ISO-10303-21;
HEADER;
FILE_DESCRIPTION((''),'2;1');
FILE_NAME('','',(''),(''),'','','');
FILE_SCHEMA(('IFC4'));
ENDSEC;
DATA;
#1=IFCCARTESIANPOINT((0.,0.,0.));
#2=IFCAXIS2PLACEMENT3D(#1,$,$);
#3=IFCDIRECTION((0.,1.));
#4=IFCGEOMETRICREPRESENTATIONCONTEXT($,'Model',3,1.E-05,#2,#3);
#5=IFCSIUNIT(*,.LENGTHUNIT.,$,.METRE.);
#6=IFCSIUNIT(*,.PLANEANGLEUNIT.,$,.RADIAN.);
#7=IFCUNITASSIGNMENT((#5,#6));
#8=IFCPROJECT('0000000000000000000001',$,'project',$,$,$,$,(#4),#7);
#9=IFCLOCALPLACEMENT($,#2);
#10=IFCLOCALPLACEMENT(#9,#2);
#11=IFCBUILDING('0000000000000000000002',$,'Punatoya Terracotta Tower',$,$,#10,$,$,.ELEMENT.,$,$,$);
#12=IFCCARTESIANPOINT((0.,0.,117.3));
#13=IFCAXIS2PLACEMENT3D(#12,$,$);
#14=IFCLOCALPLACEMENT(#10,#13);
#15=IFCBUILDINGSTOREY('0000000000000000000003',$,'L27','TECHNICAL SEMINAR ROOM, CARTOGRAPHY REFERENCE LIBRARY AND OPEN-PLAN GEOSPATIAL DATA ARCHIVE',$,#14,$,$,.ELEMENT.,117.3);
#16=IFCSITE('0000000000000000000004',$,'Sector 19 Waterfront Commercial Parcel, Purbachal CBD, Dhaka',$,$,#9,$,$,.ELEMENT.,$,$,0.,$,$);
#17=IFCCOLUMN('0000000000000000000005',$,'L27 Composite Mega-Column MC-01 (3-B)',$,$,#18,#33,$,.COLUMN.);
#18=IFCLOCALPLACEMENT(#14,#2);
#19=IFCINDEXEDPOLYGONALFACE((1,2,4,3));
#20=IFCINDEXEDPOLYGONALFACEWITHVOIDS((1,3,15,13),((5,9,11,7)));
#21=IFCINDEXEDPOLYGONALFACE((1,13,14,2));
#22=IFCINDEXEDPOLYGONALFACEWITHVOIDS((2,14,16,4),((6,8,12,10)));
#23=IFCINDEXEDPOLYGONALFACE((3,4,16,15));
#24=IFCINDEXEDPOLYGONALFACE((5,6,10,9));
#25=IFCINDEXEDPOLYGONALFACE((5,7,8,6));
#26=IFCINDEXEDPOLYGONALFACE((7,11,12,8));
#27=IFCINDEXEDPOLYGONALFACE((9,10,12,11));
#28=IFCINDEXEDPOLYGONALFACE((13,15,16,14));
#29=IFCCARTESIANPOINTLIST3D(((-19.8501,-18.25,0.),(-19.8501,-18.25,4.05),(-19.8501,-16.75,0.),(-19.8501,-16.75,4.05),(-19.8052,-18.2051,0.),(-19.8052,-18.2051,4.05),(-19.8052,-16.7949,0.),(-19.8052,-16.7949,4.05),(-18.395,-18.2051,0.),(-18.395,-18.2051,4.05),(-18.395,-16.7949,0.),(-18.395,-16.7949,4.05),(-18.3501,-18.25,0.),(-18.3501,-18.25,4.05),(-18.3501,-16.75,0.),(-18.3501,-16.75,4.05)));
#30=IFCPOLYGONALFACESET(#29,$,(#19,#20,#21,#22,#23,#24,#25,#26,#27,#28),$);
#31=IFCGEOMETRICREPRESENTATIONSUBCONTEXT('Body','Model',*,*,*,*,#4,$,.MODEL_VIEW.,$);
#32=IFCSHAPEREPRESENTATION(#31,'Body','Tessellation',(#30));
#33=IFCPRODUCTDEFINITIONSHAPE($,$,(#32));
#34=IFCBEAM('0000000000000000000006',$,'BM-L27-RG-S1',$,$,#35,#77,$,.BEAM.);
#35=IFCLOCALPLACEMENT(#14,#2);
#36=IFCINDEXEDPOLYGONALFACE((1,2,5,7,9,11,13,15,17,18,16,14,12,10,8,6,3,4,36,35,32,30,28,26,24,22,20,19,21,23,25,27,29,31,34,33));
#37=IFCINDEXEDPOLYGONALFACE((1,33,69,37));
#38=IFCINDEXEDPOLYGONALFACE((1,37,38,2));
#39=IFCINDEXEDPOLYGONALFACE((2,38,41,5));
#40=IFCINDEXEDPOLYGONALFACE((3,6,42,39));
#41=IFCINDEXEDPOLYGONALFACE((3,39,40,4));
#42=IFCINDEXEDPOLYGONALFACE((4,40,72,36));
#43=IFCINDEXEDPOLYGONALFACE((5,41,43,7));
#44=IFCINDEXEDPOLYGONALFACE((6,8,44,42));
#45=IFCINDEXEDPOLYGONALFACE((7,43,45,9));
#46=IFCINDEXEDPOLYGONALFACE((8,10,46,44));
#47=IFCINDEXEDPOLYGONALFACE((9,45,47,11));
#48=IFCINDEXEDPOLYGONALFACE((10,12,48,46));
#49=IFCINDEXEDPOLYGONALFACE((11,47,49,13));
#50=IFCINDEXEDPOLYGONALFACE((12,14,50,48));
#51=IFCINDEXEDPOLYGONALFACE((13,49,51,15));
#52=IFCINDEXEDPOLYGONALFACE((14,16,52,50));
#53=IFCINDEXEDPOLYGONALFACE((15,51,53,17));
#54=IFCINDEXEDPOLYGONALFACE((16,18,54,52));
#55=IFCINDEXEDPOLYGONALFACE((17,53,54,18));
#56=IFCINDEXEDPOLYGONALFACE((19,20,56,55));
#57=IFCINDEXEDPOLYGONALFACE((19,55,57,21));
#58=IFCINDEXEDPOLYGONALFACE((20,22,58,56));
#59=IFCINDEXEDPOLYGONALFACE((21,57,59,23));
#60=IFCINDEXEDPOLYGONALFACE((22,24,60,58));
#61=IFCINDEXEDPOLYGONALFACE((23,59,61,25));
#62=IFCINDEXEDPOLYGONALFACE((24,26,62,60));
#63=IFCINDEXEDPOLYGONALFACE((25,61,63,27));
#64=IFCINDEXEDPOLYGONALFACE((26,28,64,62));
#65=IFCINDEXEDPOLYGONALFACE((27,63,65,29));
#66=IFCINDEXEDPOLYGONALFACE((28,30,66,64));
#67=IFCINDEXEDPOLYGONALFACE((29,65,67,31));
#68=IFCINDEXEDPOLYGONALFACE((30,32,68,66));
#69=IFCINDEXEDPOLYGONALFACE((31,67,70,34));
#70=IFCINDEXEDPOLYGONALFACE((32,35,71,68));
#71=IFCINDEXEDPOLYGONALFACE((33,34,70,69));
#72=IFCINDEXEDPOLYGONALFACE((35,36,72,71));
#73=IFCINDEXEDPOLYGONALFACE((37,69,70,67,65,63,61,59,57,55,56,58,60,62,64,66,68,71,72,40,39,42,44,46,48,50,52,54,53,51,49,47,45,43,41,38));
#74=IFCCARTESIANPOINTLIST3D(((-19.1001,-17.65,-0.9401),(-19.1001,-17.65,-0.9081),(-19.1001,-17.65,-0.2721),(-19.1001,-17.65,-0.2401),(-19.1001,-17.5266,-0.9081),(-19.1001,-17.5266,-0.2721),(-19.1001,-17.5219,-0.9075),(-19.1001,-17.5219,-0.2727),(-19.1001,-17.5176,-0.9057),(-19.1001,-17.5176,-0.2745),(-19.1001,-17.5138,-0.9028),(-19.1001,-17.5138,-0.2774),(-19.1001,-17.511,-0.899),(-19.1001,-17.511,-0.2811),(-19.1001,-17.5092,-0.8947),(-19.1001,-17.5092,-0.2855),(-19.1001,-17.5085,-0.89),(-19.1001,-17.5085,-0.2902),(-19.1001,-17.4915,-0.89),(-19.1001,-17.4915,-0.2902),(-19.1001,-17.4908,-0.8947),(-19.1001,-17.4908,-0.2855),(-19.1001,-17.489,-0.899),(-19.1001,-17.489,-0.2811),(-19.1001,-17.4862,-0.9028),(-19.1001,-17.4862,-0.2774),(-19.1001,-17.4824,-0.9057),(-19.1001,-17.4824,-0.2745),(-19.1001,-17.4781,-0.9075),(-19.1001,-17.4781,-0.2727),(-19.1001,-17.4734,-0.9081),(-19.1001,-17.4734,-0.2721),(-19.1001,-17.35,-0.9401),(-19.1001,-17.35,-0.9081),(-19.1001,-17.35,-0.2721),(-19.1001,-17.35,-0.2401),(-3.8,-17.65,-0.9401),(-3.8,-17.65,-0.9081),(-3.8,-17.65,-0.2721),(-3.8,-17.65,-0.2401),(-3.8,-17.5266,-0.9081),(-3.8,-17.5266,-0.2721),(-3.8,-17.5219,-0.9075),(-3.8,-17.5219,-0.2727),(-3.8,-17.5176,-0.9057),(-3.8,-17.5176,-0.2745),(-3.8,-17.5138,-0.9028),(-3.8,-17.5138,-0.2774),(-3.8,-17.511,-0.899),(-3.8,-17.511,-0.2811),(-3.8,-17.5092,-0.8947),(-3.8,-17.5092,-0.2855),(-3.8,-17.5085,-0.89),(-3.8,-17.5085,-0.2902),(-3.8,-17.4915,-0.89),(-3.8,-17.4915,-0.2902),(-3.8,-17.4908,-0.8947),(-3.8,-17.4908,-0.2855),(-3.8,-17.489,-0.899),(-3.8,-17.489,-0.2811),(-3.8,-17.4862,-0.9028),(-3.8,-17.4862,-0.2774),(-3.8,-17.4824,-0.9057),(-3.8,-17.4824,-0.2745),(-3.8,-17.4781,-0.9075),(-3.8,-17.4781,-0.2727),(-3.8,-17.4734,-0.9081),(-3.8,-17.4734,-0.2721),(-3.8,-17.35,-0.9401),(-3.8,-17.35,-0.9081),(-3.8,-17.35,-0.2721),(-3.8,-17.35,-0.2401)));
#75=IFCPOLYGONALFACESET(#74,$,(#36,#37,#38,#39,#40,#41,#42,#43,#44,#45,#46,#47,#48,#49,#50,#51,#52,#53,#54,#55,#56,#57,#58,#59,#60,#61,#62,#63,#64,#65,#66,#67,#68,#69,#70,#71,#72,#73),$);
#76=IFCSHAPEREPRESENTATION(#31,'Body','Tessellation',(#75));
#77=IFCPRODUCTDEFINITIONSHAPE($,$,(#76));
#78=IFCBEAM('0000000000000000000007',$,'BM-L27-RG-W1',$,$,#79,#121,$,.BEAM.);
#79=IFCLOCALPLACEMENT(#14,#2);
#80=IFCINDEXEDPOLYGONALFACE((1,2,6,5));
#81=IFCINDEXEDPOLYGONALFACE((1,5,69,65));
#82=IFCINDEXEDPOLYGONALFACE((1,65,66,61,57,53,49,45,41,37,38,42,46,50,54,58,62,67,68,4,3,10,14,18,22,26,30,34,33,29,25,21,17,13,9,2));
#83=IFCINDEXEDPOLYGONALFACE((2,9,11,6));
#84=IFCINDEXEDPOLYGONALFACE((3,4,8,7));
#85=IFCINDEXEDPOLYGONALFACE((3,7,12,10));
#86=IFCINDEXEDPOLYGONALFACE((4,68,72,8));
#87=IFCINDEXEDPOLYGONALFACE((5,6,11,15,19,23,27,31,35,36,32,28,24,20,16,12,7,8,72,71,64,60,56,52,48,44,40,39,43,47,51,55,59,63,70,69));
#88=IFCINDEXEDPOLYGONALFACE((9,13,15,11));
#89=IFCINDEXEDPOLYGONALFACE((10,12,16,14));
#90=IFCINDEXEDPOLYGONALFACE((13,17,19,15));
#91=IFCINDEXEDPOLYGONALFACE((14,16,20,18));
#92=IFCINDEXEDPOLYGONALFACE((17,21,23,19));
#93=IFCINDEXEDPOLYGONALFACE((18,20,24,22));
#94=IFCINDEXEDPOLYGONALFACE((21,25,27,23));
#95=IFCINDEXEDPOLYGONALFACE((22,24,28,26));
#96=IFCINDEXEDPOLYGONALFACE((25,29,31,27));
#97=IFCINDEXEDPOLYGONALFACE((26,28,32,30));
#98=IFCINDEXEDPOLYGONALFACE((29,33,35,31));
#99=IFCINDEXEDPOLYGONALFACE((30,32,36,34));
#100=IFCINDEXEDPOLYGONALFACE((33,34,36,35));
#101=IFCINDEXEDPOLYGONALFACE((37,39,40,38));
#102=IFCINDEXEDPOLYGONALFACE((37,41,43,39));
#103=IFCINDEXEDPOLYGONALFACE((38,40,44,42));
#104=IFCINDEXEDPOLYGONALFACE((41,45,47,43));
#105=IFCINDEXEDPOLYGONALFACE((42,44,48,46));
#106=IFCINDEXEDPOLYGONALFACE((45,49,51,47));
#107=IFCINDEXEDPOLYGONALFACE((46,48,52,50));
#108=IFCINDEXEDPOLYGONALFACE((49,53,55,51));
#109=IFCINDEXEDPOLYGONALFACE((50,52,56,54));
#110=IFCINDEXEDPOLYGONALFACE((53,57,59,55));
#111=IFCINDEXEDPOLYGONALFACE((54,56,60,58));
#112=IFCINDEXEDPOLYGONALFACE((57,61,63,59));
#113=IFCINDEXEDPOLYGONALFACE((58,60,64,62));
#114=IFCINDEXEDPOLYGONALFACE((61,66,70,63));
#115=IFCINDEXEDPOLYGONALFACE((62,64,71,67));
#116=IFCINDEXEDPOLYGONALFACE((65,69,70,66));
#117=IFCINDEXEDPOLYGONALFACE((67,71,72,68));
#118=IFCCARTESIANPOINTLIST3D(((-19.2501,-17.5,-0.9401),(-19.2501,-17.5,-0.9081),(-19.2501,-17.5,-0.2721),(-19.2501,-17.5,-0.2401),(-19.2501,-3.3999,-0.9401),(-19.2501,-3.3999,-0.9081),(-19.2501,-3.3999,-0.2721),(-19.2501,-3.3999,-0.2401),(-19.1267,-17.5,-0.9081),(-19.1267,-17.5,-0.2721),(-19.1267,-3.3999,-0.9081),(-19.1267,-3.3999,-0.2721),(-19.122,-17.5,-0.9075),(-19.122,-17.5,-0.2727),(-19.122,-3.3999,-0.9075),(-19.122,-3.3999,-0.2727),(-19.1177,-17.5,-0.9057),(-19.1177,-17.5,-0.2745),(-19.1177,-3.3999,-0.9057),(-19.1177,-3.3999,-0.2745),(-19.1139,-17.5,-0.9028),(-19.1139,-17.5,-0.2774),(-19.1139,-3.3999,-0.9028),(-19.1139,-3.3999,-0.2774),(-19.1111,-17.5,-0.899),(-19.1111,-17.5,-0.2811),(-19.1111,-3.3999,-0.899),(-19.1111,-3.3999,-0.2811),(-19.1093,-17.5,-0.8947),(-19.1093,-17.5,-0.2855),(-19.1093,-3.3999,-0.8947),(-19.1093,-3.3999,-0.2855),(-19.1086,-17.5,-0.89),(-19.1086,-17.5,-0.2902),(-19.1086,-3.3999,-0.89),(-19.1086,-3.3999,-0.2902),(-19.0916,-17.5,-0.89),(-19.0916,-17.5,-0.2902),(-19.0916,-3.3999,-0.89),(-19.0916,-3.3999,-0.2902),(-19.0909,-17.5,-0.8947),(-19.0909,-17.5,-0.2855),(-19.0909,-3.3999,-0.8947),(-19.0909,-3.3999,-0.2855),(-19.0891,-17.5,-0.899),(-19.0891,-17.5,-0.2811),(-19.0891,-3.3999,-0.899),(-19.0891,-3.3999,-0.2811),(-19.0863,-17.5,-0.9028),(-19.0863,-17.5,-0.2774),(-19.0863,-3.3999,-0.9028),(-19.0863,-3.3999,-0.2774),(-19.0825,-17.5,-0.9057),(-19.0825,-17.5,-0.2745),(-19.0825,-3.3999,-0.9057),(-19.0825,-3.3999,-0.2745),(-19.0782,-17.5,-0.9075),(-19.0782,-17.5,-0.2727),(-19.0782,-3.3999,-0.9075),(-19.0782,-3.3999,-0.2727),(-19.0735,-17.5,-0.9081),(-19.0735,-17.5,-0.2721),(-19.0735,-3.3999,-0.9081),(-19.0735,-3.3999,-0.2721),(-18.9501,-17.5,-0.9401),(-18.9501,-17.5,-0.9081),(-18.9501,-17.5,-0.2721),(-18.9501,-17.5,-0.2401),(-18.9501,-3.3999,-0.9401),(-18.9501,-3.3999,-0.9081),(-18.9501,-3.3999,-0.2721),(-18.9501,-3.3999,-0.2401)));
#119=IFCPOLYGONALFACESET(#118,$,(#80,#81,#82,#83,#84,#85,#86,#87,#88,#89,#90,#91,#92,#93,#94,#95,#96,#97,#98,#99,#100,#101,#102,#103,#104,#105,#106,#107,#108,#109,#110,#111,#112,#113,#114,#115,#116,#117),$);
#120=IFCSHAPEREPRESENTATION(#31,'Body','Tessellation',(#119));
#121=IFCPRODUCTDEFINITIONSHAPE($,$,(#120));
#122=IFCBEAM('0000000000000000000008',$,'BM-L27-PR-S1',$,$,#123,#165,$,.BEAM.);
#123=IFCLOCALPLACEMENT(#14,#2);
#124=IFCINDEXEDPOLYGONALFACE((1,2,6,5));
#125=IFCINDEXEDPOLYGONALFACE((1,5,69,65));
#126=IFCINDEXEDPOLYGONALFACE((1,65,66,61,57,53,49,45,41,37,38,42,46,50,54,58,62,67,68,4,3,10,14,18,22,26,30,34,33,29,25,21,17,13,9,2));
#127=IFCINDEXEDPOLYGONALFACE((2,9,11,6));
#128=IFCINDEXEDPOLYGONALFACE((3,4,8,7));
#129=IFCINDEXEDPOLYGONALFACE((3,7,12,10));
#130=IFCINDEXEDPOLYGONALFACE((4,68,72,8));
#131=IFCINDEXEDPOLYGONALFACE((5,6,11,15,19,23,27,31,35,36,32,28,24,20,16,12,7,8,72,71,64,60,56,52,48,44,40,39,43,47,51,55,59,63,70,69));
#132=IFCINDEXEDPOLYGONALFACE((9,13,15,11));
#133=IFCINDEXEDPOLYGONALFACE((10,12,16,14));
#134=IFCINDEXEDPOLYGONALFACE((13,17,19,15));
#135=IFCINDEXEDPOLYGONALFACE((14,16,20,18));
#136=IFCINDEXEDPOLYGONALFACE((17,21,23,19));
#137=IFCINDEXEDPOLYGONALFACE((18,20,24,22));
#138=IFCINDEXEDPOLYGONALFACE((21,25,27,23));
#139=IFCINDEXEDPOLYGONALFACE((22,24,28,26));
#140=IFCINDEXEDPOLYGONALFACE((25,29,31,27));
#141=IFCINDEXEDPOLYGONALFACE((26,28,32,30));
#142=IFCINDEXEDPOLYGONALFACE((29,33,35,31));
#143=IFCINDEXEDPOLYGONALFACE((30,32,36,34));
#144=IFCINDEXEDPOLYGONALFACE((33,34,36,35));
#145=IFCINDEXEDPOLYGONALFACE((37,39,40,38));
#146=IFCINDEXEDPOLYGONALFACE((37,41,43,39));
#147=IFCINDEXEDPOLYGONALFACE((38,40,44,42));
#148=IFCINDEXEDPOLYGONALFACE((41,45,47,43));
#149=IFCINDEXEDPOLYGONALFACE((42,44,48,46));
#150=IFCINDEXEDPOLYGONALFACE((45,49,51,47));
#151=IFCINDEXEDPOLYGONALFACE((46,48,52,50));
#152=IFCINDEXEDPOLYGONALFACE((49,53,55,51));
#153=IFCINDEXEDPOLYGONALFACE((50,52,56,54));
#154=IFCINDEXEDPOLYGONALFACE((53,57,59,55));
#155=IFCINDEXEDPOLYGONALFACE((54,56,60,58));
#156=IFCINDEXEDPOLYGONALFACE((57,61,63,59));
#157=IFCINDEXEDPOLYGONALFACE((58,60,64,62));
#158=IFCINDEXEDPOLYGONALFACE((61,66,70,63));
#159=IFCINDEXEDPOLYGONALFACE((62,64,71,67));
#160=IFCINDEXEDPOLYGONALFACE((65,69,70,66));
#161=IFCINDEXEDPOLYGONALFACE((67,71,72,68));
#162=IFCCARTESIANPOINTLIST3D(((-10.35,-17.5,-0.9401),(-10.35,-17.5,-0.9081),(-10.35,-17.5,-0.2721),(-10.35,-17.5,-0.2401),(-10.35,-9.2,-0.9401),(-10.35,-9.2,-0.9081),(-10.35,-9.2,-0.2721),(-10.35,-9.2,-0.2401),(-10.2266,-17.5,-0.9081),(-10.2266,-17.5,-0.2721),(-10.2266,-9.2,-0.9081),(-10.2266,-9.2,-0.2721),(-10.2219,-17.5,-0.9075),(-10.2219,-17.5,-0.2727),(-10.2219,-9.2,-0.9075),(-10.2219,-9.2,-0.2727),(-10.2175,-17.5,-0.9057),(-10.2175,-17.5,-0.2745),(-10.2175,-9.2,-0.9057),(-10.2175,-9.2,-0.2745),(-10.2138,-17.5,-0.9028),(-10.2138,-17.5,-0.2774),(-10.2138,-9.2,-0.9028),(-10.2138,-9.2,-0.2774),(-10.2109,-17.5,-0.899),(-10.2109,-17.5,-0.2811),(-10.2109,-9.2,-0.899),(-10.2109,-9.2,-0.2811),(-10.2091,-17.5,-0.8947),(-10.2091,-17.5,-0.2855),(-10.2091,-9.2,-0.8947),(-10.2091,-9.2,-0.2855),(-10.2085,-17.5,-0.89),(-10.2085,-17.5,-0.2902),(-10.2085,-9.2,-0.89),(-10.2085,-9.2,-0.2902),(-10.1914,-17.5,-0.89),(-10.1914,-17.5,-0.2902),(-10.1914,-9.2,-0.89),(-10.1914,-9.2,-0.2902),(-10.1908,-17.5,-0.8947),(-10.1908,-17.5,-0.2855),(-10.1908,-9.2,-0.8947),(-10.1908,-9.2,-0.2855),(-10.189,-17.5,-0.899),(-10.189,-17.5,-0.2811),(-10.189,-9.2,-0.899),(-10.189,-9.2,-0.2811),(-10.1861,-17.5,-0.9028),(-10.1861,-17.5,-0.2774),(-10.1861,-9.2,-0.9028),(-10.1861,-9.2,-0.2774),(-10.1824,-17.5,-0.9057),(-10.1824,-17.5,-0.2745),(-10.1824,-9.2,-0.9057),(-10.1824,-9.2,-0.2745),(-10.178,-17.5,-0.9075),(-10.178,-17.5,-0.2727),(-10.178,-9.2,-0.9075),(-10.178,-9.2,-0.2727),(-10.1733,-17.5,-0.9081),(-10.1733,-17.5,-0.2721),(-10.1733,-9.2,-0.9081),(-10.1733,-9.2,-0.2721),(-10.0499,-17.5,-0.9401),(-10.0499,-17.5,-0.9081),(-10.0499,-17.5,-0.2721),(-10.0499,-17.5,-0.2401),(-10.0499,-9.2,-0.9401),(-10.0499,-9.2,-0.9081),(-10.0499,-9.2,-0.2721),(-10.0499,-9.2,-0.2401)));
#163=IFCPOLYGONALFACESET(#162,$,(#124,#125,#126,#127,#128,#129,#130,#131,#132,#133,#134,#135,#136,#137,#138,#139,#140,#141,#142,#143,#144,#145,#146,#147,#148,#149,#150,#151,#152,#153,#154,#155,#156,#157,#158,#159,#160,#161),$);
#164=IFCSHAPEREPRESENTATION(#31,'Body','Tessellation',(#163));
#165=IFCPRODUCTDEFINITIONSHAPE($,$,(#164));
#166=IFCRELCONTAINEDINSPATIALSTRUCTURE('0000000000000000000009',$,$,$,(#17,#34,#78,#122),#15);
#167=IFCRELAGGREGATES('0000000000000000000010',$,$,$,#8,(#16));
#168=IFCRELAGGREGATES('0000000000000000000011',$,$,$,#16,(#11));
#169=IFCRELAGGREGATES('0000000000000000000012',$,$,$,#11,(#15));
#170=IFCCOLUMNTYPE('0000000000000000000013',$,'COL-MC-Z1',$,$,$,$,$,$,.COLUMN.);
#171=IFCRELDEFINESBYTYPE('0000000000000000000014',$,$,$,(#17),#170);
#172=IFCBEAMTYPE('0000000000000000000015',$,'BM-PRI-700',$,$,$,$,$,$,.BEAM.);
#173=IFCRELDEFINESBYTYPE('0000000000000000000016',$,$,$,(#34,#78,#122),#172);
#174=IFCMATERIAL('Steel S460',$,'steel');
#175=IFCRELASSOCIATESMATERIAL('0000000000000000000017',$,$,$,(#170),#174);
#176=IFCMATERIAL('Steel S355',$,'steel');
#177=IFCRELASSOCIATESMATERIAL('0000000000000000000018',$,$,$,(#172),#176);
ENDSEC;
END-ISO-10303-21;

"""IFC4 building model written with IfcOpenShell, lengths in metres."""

from ifc_helpers import new_model, si_unit, direction, frame, origin, origin_2d, place, context, subcontext, project, spatial, hollow_rectangle, i_section, extrude, material, material_profile, profile_set, type_object, element, save


model = new_model("IFC4")

# Units and contexts
model_context = context("Model", 3, precision=1e-05, world=origin(), true_north=direction((0.0, 1.0)))
body_context = subcontext(model_context, "Body", "Model", "MODEL_VIEW")
ifc_project = project(units=[si_unit("LENGTHUNIT", "METRE"), si_unit("PLANEANGLEUNIT", "RADIAN")], contexts=[model_context])

# Site, building, storey
site_placement = place(None, origin())
site = spatial("IfcSite", under=ifc_project, at=site_placement, Name="Sector 19 Waterfront Commercial Parcel, Purbachal CBD, Dhaka", CompositionType="ELEMENT", RefElevation=0.0)
building_placement = place(site_placement, origin())
building = spatial("IfcBuilding", under=site, at=building_placement, Name="Punatoya Terracotta Tower", CompositionType="ELEMENT")
storey_placement = place(building_placement, frame((0.0, 0.0, 117.3)))
storey = spatial("IfcBuildingStorey", under=building, at=storey_placement, Name="L27", Description="TECHNICAL SEMINAR ROOM, CARTOGRAPHY REFERENCE LIBRARY AND OPEN-PLAN GEOSPATIAL DATA ARCHIVE", CompositionType="ELEMENT", Elevation=117.3)

# Column
ifc_material_1 = material(Name="Steel S460", Category="steel")
ifc_material_profile_1 = material_profile(ifc_material_1, hollow_rectangle(XDim=1.5, YDim=1.5, WallThickness=0.0449, at=origin_2d()))
ifc_profile_set_1 = profile_set([ifc_material_profile_1], Name="Steel S460")
column_type = type_object("IfcColumnType", Name="COL-MC-Z1", PredefinedType="COLUMN", material=ifc_profile_set_1)
column_placement = place(storey_placement, frame((-19.1001, -17.5, 0.0), z_axis=(0.0, 0.0, 1.0), x_axis=(1.0, 0.0, 0.0)))
element("IfcColumn", 1, at=column_placement, inside=storey, type_object=column_type, Name="L27 Composite Mega-Column MC-01 (3-B)", PredefinedType="COLUMN", context=body_context, shape_type="SweptSolid", body=[
    extrude(hollow_rectangle(XDim=1.5, YDim=1.5, WallThickness=0.0449, at=origin_2d()), origin(), (0.0, 0.0, 1.0), 4.05),
])

# Beams
ifc_material_2 = material(Name="Steel S355", Category="steel")
ifc_material_profile_2 = material_profile(ifc_material_2, i_section(OverallWidth=0.3, OverallDepth=0.7, WebThickness=0.0171, FlangeThickness=0.032, FilletRadius=0.0181, at=origin_2d()))
ifc_profile_set_2 = profile_set([ifc_material_profile_2], Name="Steel S355")
beam_type_1 = type_object("IfcBeamType", Name="BM-PRI-700", PredefinedType="BEAM", material=ifc_profile_set_2)
beam_1_placement = place(storey_placement, frame((-19.1001, -17.5, -0.5901), z_axis=(1.0, 0.0, 0.0), x_axis=(0.0, 1.0, 0.0)))
element("IfcBeam", 2, at=beam_1_placement, inside=storey, type_object=beam_type_1, Name="BM-L27-RG-S1", PredefinedType="BEAM", context=body_context, shape_type="SweptSolid", body=[
    extrude(i_section(OverallWidth=0.3, OverallDepth=0.7, WebThickness=0.0171, FlangeThickness=0.032, FilletRadius=0.0181, at=origin_2d()), origin(), (0.0, 0.0, 1.0), 15.3),
])
beam_2_placement = place(storey_placement, frame((-19.1001, -17.5, -0.5901), z_axis=(0.0, 1.0, 0.0), x_axis=(-1.0, 0.0, 0.0)))
element("IfcBeam", 3, at=beam_2_placement, inside=storey, type_object=beam_type_1, Name="BM-L27-RG-W1", PredefinedType="BEAM", context=body_context, shape_type="SweptSolid", body=[
    extrude(i_section(OverallWidth=0.3, OverallDepth=0.7, WebThickness=0.0171, FlangeThickness=0.032, FilletRadius=0.0181, at=origin_2d()), origin(), (0.0, 0.0, 1.0), 14.1001),
])
beam_3_placement = place(storey_placement, frame((-10.2, -17.5, -0.5901), z_axis=(0.0, 1.0, 0.0), x_axis=(-1.0, 0.0, 0.0)))
element("IfcBeam", 4, at=beam_3_placement, inside=storey, type_object=beam_type_1, Name="BM-L27-PR-S1", PredefinedType="BEAM", context=body_context, shape_type="SweptSolid", body=[
    extrude(i_section(OverallWidth=0.3, OverallDepth=0.7, WebThickness=0.0171, FlangeThickness=0.032, FilletRadius=0.0181, at=origin_2d()), origin(), (0.0, 0.0, 1.0), 8.3),
])

save(model, "model.ifc")
